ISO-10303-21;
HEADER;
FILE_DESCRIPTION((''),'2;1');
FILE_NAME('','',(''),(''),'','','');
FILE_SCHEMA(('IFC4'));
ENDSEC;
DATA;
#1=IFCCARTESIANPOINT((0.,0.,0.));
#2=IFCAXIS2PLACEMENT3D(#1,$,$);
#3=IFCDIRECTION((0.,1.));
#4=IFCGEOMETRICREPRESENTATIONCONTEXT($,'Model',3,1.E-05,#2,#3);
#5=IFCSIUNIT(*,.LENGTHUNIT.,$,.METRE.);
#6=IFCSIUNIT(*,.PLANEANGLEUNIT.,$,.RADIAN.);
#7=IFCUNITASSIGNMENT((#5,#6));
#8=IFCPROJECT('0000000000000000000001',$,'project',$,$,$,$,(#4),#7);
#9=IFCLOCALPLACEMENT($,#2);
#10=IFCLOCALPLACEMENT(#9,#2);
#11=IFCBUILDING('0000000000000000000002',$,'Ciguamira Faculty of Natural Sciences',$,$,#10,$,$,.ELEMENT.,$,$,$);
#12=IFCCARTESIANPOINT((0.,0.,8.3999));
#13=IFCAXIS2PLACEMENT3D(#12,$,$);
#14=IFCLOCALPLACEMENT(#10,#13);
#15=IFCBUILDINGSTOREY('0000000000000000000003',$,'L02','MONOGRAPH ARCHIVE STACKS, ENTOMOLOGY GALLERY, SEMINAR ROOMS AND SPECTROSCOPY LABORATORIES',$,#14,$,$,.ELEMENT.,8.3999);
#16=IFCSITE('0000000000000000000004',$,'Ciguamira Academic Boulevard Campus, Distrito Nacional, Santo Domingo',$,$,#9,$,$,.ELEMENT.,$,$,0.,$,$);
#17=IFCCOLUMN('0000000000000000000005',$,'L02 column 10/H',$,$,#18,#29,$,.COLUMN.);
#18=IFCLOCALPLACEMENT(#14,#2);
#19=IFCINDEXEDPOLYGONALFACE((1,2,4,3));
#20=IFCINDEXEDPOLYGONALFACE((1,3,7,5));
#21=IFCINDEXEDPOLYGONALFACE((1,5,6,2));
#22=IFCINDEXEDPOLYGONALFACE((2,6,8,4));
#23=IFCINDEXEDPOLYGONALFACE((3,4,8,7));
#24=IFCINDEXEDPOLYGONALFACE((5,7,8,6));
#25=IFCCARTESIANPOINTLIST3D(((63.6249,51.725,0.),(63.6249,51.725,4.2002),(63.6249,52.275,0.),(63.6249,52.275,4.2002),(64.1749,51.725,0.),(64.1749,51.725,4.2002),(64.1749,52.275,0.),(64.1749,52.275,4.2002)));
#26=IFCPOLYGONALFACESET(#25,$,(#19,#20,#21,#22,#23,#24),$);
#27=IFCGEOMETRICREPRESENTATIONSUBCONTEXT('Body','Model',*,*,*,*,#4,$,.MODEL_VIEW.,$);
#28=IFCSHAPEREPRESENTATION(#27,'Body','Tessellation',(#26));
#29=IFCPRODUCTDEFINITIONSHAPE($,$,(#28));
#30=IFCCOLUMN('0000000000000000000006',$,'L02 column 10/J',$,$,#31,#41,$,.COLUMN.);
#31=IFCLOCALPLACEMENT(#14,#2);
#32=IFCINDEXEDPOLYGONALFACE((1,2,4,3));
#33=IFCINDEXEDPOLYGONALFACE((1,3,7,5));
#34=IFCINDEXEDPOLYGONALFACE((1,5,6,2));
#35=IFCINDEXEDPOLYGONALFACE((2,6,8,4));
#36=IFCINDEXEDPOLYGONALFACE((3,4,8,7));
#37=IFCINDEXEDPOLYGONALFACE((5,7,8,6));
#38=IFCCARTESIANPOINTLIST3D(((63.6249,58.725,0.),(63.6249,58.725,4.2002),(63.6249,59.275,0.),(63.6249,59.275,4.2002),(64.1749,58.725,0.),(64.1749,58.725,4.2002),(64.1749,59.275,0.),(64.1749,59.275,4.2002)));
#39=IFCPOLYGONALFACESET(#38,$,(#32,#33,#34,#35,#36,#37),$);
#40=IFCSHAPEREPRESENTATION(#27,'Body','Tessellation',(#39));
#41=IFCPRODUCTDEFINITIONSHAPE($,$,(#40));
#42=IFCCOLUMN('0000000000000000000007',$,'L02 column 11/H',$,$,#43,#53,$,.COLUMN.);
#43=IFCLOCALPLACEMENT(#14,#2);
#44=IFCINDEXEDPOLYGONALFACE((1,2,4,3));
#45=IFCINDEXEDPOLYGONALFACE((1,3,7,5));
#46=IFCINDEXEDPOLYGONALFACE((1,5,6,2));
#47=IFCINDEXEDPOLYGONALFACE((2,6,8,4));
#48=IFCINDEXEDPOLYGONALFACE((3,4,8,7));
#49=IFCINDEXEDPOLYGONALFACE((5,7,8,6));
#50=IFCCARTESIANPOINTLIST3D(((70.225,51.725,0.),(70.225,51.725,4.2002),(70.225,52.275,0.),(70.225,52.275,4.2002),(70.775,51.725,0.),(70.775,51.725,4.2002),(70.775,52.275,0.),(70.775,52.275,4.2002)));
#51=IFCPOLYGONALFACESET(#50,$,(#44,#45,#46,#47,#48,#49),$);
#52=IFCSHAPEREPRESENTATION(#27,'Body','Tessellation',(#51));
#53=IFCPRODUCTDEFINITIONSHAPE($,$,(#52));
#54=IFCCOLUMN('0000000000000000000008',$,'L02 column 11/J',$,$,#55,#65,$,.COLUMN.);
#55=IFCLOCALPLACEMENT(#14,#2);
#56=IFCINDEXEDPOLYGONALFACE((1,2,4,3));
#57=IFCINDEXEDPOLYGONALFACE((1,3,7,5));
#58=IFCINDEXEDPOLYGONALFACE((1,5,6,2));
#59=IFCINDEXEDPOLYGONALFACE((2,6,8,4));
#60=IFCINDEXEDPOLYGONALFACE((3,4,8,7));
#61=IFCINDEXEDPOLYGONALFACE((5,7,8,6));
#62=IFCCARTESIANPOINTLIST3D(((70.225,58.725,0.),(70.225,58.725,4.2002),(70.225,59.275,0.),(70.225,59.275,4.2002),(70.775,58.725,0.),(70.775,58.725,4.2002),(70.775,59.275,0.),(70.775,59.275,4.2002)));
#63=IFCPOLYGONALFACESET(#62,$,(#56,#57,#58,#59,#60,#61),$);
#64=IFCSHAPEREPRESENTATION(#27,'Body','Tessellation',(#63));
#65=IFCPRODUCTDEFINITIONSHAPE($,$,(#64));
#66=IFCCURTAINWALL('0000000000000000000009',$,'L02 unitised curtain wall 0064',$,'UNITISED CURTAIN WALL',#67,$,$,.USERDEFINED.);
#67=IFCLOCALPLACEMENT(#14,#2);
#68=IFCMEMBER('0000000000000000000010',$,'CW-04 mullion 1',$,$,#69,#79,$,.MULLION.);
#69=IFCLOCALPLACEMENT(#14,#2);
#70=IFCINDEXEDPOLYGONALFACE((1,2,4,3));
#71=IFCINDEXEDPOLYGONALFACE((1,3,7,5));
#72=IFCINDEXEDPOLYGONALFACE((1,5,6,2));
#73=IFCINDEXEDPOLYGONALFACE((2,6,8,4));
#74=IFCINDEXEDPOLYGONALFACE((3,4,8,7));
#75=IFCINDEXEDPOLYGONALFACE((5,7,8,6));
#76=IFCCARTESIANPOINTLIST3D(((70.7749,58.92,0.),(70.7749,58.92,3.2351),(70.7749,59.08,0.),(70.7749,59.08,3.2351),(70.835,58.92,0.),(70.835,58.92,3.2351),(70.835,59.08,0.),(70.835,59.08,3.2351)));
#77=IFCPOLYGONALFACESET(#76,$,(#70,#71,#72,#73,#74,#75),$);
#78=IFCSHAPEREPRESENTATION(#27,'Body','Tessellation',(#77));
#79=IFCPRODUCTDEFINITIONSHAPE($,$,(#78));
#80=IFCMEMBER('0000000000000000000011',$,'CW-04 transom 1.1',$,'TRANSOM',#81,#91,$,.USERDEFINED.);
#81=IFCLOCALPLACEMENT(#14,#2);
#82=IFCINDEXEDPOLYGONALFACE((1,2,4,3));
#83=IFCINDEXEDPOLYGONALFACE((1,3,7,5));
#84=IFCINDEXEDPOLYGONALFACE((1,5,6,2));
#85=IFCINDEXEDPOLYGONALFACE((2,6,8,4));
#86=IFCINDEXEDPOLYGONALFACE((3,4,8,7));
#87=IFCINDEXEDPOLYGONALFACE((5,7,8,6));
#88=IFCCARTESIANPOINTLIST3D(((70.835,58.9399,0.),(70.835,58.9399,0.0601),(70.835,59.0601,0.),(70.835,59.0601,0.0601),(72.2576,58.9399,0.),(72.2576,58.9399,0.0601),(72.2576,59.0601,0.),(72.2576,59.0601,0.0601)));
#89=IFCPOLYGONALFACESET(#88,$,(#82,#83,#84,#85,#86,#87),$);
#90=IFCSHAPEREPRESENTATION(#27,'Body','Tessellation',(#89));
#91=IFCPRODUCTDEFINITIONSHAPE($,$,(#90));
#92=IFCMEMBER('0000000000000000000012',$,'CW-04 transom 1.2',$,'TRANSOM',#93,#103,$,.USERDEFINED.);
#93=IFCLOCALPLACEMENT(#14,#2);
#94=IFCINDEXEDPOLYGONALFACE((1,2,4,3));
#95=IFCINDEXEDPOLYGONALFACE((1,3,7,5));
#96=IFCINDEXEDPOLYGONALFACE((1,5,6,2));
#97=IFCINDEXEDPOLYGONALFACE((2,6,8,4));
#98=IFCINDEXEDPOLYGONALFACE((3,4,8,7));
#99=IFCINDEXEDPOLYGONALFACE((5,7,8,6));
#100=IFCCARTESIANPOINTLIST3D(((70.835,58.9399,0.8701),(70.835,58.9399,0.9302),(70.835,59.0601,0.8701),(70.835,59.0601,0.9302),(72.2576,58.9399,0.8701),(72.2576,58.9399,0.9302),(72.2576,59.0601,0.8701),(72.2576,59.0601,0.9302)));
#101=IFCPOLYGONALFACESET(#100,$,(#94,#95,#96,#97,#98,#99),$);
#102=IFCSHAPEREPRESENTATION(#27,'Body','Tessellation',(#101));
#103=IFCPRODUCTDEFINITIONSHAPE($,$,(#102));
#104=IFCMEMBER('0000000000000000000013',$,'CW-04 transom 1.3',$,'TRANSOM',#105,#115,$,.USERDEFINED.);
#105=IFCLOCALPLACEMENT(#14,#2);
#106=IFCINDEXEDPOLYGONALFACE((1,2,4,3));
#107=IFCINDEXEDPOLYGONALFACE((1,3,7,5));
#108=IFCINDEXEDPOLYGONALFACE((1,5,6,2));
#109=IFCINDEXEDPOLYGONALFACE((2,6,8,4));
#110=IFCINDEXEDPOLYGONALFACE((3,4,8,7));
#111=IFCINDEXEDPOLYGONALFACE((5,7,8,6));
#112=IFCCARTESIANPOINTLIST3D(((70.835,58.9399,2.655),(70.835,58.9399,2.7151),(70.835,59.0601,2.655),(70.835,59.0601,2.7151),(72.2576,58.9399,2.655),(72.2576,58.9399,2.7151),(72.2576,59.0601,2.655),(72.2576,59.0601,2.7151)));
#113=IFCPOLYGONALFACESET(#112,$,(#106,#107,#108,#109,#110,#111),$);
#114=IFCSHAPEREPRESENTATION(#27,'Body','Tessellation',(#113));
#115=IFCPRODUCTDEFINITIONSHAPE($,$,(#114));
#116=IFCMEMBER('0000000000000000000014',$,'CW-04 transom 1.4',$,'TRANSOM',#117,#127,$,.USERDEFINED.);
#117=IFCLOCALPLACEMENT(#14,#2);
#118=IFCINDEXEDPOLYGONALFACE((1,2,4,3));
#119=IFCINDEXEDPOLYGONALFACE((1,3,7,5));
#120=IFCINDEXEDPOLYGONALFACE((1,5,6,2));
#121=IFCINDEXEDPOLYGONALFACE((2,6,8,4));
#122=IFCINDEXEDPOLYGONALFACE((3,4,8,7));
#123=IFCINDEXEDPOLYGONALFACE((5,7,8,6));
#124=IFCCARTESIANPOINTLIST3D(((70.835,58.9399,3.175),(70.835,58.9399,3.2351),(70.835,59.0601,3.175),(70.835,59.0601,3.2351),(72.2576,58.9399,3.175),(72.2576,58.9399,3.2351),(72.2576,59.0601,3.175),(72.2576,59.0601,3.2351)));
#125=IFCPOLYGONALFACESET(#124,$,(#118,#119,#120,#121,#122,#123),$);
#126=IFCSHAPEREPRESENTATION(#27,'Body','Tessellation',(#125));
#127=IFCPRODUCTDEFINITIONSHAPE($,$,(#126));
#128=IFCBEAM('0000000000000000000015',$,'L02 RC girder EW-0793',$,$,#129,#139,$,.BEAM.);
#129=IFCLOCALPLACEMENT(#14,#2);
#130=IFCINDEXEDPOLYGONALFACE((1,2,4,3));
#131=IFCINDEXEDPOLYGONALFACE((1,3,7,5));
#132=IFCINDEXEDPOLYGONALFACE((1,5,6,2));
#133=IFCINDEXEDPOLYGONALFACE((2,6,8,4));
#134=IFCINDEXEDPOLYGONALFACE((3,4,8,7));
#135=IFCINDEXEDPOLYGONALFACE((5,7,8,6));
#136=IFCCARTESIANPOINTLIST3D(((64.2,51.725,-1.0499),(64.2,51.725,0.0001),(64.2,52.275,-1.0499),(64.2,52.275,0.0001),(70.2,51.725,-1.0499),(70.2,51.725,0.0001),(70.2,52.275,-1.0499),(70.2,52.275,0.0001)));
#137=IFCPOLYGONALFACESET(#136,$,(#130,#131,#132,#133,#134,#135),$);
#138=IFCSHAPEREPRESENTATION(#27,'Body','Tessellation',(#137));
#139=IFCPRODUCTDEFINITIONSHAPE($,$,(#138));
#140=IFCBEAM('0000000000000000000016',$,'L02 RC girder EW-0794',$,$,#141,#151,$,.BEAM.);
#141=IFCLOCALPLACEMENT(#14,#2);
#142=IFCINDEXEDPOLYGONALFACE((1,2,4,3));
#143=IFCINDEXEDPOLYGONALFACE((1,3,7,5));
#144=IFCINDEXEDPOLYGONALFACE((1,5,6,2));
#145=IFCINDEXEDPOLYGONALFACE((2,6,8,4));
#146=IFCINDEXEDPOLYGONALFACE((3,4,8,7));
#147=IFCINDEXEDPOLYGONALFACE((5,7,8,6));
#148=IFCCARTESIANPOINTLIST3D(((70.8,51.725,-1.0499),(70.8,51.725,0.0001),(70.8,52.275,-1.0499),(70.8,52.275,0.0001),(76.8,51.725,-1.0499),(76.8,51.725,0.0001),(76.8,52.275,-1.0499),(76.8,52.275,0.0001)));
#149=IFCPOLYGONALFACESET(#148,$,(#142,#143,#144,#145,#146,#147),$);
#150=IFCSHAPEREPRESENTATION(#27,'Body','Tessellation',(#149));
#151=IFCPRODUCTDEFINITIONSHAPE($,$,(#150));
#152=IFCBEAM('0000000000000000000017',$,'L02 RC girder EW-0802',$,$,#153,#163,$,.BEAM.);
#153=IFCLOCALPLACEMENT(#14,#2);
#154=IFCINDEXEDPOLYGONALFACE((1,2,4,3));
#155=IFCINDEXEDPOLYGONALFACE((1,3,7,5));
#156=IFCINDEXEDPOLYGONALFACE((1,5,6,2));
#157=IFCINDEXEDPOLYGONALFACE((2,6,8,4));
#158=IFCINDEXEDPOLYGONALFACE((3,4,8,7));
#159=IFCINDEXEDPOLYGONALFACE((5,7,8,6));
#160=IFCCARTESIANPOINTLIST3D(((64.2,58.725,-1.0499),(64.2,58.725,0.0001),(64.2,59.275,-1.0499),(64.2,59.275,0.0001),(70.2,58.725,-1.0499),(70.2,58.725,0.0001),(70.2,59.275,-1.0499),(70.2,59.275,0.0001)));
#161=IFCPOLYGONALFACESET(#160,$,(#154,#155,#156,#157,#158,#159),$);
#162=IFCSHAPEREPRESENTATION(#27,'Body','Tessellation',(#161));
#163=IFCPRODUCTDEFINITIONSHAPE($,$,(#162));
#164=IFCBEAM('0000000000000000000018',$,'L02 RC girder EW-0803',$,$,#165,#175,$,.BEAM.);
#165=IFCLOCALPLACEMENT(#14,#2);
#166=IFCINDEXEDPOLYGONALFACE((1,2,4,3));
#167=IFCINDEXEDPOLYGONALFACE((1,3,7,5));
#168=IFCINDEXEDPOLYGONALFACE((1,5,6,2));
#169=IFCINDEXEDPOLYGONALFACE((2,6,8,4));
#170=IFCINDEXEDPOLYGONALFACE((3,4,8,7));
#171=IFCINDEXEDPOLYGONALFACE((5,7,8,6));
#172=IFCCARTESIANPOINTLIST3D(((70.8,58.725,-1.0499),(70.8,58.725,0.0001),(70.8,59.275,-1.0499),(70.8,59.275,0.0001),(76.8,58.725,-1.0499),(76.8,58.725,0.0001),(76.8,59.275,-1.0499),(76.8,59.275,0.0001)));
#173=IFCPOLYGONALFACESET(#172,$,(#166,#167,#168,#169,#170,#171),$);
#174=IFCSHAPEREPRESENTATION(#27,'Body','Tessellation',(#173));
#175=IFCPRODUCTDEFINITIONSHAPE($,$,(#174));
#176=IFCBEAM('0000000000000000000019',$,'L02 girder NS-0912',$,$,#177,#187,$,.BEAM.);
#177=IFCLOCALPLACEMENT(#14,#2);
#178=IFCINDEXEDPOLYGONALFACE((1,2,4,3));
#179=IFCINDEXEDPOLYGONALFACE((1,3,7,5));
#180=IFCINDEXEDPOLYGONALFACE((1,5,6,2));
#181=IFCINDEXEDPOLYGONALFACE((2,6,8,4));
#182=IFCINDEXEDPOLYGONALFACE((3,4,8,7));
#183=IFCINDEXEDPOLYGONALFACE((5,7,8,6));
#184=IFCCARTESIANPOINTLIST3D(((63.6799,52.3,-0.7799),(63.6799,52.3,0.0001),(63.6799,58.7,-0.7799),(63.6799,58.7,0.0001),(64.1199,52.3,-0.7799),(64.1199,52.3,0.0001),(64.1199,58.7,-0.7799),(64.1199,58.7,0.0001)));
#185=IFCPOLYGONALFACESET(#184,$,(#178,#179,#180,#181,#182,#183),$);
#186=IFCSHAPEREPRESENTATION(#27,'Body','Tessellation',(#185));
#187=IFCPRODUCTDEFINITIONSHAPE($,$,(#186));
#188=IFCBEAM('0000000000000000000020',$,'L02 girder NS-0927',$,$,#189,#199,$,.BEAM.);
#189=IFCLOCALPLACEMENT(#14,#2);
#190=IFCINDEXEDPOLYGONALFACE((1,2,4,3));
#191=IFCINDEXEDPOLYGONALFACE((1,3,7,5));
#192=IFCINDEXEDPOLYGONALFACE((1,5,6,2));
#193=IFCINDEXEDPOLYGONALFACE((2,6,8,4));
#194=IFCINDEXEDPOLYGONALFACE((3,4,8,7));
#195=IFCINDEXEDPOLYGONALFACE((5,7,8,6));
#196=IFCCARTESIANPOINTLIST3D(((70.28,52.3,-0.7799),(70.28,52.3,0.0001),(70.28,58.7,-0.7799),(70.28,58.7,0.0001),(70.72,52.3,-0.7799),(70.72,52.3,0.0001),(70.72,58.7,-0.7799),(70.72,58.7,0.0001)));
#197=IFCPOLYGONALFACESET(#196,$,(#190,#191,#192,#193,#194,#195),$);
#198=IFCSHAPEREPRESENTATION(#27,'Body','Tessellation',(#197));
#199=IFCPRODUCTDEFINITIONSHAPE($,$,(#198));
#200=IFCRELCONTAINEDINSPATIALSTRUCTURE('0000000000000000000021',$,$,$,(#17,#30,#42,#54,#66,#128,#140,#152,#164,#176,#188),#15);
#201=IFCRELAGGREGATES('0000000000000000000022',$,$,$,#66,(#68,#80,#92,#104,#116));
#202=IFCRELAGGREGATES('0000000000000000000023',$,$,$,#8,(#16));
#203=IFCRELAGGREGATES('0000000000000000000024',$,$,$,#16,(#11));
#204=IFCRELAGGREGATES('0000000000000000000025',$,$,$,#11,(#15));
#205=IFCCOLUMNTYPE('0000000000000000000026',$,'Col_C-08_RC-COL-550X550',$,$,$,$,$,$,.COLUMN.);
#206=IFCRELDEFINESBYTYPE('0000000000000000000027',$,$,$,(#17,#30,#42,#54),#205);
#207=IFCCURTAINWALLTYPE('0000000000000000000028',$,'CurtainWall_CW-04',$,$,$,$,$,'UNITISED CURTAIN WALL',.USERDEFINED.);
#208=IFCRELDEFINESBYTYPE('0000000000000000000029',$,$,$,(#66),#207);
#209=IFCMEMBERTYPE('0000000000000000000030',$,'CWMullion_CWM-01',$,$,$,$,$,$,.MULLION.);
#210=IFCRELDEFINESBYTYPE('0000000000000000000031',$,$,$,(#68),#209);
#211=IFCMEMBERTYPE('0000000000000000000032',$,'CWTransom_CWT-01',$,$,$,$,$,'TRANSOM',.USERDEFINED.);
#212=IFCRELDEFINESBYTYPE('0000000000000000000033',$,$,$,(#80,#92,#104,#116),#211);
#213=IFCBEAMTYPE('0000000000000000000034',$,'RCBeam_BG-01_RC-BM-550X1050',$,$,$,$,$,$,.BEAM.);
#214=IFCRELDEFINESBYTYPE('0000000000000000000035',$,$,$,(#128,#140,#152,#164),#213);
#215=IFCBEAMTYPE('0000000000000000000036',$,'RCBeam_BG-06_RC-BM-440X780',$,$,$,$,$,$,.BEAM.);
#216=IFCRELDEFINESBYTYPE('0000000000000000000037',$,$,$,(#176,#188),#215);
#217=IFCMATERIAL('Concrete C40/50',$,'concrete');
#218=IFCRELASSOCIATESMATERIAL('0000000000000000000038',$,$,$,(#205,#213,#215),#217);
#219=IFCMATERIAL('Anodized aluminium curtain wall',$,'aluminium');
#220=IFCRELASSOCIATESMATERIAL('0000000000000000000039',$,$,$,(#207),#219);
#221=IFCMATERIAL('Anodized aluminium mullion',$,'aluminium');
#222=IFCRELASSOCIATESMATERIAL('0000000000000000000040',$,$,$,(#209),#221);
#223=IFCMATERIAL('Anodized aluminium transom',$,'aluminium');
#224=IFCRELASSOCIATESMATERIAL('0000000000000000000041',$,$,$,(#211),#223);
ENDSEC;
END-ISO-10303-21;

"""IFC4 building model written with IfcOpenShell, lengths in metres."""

from ifc_helpers import new_model, si_unit, direction, frame, origin, origin_2d, place, context, subcontext, project, spatial, rectangle, extrude, material, material_profile, profile_set, type_object, element, aggregate, save


model = new_model("IFC4")

# Units and contexts
model_context = context("Model", 3, precision=1e-05, world=origin(), true_north=direction((0.0, 1.0)))
body_context = subcontext(model_context, "Body", "Model", "MODEL_VIEW")
ifc_project = project(units=[si_unit("LENGTHUNIT", "METRE"), si_unit("PLANEANGLEUNIT", "RADIAN")], contexts=[model_context])

# Site, building, storey
site_placement = place(None, origin())
site = spatial("IfcSite", under=ifc_project, at=site_placement, Name="Ciguamira Academic Boulevard Campus, Distrito Nacional, Santo Domingo", CompositionType="ELEMENT", RefElevation=0.0)
building_placement = place(site_placement, origin())
building = spatial("IfcBuilding", under=site, at=building_placement, Name="Ciguamira Faculty of Natural Sciences", CompositionType="ELEMENT")
storey_placement = place(building_placement, frame((0.0, 0.0, 8.3999)))
storey = spatial("IfcBuildingStorey", under=building, at=storey_placement, Name="L02", Description="MONOGRAPH ARCHIVE STACKS, ENTOMOLOGY GALLERY, SEMINAR ROOMS AND SPECTROSCOPY LABORATORIES", CompositionType="ELEMENT", Elevation=8.3999)

# Columns
ifc_material_1 = material(Name="Concrete C40/50", Category="concrete")
ifc_material_profile_1 = material_profile(ifc_material_1, rectangle(XDim=0.55, YDim=0.55, at=origin_2d()), Name="RC-COL-550X550")
ifc_profile_set_1 = profile_set([ifc_material_profile_1], Name="Concrete C40/50")
column_type = type_object("IfcColumnType", Name="Col_C-08_RC-COL-550X550", PredefinedType="COLUMN", material=ifc_profile_set_1)
for number, where, z_axis, x_axis, name in (
    (1, (63.8999, 52.0, 0.0), (0.0, 0.0, 1.0), (1.0, 0.0, 0.0), "L02 column 10/H"),
    (2, (63.8999, 59.0, 0.0), (0.0, 0.0, 1.0), (1.0, 0.0, 0.0), "L02 column 10/J"),
    (3, (70.5, 52.0, 0.0), (0.0, 0.0, 1.0), (1.0, 0.0, 0.0), "L02 column 11/H"),
    (4, (70.5, 59.0, 0.0), (0.0, 0.0, 1.0), (1.0, 0.0, 0.0), "L02 column 11/J"),
):
    element("IfcColumn", number, at=place(storey_placement, frame(where, z_axis=z_axis, x_axis=x_axis)), inside=storey, type_object=column_type, Name=name, PredefinedType="COLUMN", context=body_context, shape_type="SweptSolid", body=[
        extrude(rectangle(XDim=0.55, YDim=0.55, at=origin_2d()), origin(), (0.0, 0.0, 1.0), 4.2002),
    ])

# Curtain wall, members
ifc_material_2 = material(Name="Anodized aluminium curtain wall", Category="aluminium")
curtain_wall_type = type_object("IfcCurtainWallType", Name="CurtainWall_CW-04", ElementType="UNITISED CURTAIN WALL", PredefinedType="USERDEFINED", material=ifc_material_2)
curtain_wall_placement = place(storey_placement, origin())
curtain_wall = element("IfcCurtainWall", 5, at=curtain_wall_placement, inside=storey, type_object=curtain_wall_type, Name="L02 unitised curtain wall 0064", ObjectType="UNITISED CURTAIN WALL", PredefinedType="USERDEFINED")
ifc_material_3 = material(Name="Anodized aluminium mullion", Category="aluminium")
ifc_material_profile_2 = material_profile(ifc_material_3, rectangle(XDim=0.0601, YDim=0.1599, at=origin_2d()), Name="ALU-MUL-60X160")
ifc_profile_set_2 = profile_set([ifc_material_profile_2], Name="Anodized aluminium mullion")
member_type_1 = type_object("IfcMemberType", Name="CWMullion_CWM-01", PredefinedType="MULLION", material=ifc_profile_set_2)
member_1_placement = place(storey_placement, frame((70.8049, 59.0, 0.0), z_axis=(0.0, 0.0, 1.0), x_axis=(1.0, 0.0, 0.0)))
member_1 = element("IfcMember", 6, at=member_1_placement, type_object=member_type_1, Name="CW-04 mullion 1", PredefinedType="MULLION", context=body_context, shape_type="SweptSolid", body=[
    extrude(rectangle(XDim=0.0601, YDim=0.1599, at=origin_2d()), origin(), (0.0, 0.0, 1.0), 3.2351),
])
ifc_material_4 = material(Name="Anodized aluminium transom", Category="aluminium")
ifc_material_profile_3 = material_profile(ifc_material_4, rectangle(XDim=0.0601, YDim=0.1201, at=origin_2d()), Name="ALU-TRN-60X120")
ifc_profile_set_3 = profile_set([ifc_material_profile_3], Name="Anodized aluminium transom")
member_type_2 = type_object("IfcMemberType", Name="CWTransom_CWT-01", ElementType="TRANSOM", PredefinedType="USERDEFINED", material=ifc_profile_set_3)
member_2_placement = place(storey_placement, frame((70.835, 59.0, 0.03), z_axis=(1.0, 0.0, 0.0), x_axis=(0.0, 0.0, 1.0)))
member_2 = element("IfcMember", 7, at=member_2_placement, type_object=member_type_2, Name="CW-04 transom 1.1", ObjectType="TRANSOM", PredefinedType="USERDEFINED", context=body_context, shape_type="SweptSolid", body=[
    extrude(rectangle(XDim=0.0601, YDim=0.1201, at=origin_2d()), origin(), (0.0, 0.0, 1.0), 1.4226),
])
member_3_placement = place(storey_placement, frame((70.835, 59.0, 0.9001), z_axis=(1.0, 0.0, 0.0), x_axis=(0.0, 0.0, 1.0)))
member_3 = element("IfcMember", 8, at=member_3_placement, type_object=member_type_2, Name="CW-04 transom 1.2", ObjectType="TRANSOM", PredefinedType="USERDEFINED", context=body_context, shape_type="SweptSolid", body=[
    extrude(rectangle(XDim=0.0601, YDim=0.1201, at=origin_2d()), origin(), (0.0, 0.0, 1.0), 1.4226),
])
member_4_placement = place(storey_placement, frame((70.835, 59.0, 2.6851), z_axis=(1.0, 0.0, 0.0), x_axis=(0.0, 0.0, 1.0)))
member_4 = element("IfcMember", 9, at=member_4_placement, type_object=member_type_2, Name="CW-04 transom 1.3", ObjectType="TRANSOM", PredefinedType="USERDEFINED", context=body_context, shape_type="SweptSolid", body=[
    extrude(rectangle(XDim=0.0601, YDim=0.1201, at=origin_2d()), origin(), (0.0, 0.0, 1.0), 1.4226),
])
member_5_placement = place(storey_placement, frame((70.835, 59.0, 3.2051), z_axis=(1.0, 0.0, 0.0), x_axis=(0.0, 0.0, 1.0)))
member_5 = element("IfcMember", 10, at=member_5_placement, type_object=member_type_2, Name="CW-04 transom 1.4", ObjectType="TRANSOM", PredefinedType="USERDEFINED", context=body_context, shape_type="SweptSolid", body=[
    extrude(rectangle(XDim=0.0601, YDim=0.1201, at=origin_2d()), origin(), (0.0, 0.0, 1.0), 1.4226),
])

# Beams
ifc_material_profile_4 = material_profile(ifc_material_1, rectangle(XDim=0.55, YDim=1.05, at=origin_2d()), Name="RC-BM-550X1050")
ifc_profile_set_4 = profile_set([ifc_material_profile_4], Name="Concrete C40/50")
beam_type_1 = type_object("IfcBeamType", Name="RCBeam_BG-01_RC-BM-550X1050", PredefinedType="BEAM", material=ifc_profile_set_4)
for number, where, z_axis, x_axis, name in (
    (11, (64.2, 52.0, -0.5249), (1.0, 0.0, 0.0), (0.0, 1.0, 0.0), "L02 RC girder EW-0793"),
    (12, (70.8, 52.0, -0.5249), (1.0, 0.0, 0.0), (0.0, 1.0, 0.0), "L02 RC girder EW-0794"),
    (13, (64.2, 59.0, -0.5249), (1.0, 0.0, 0.0), (0.0, 1.0, 0.0), "L02 RC girder EW-0802"),
    (14, (70.8, 59.0, -0.5249), (1.0, 0.0, 0.0), (0.0, 1.0, 0.0), "L02 RC girder EW-0803"),
):
    element("IfcBeam", number, at=place(storey_placement, frame(where, z_axis=z_axis, x_axis=x_axis)), inside=storey, type_object=beam_type_1, Name=name, PredefinedType="BEAM", context=body_context, shape_type="SweptSolid", body=[
        extrude(rectangle(XDim=0.55, YDim=1.05, at=origin_2d()), origin(), (0.0, 0.0, 1.0), 6.0),
    ])
ifc_material_profile_5 = material_profile(ifc_material_1, rectangle(XDim=0.4399, YDim=0.78, at=origin_2d()), Name="RC-BM-440X780")
ifc_profile_set_5 = profile_set([ifc_material_profile_5], Name="Concrete C40/50")
beam_type_2 = type_object("IfcBeamType", Name="RCBeam_BG-06_RC-BM-440X780", PredefinedType="BEAM", material=ifc_profile_set_5)
for number, where, z_axis, x_axis, name in (
    (15, (63.8999, 52.3, -0.3899), (0.0, 1.0, 0.0), (-1.0, 0.0, 0.0), "L02 girder NS-0912"),
    (16, (70.5, 52.3, -0.3899), (0.0, 1.0, 0.0), (-1.0, 0.0, 0.0), "L02 girder NS-0927"),
):
    element("IfcBeam", number, at=place(storey_placement, frame(where, z_axis=z_axis, x_axis=x_axis)), inside=storey, type_object=beam_type_2, Name=name, PredefinedType="BEAM", context=body_context, shape_type="SweptSolid", body=[
        extrude(rectangle(XDim=0.4399, YDim=0.78, at=origin_2d()), origin(), (0.0, 0.0, 1.0), 6.3999),
    ])

aggregate(curtain_wall, [member_1, member_2, member_3, member_4, member_5])

save(model, "model.ifc")
